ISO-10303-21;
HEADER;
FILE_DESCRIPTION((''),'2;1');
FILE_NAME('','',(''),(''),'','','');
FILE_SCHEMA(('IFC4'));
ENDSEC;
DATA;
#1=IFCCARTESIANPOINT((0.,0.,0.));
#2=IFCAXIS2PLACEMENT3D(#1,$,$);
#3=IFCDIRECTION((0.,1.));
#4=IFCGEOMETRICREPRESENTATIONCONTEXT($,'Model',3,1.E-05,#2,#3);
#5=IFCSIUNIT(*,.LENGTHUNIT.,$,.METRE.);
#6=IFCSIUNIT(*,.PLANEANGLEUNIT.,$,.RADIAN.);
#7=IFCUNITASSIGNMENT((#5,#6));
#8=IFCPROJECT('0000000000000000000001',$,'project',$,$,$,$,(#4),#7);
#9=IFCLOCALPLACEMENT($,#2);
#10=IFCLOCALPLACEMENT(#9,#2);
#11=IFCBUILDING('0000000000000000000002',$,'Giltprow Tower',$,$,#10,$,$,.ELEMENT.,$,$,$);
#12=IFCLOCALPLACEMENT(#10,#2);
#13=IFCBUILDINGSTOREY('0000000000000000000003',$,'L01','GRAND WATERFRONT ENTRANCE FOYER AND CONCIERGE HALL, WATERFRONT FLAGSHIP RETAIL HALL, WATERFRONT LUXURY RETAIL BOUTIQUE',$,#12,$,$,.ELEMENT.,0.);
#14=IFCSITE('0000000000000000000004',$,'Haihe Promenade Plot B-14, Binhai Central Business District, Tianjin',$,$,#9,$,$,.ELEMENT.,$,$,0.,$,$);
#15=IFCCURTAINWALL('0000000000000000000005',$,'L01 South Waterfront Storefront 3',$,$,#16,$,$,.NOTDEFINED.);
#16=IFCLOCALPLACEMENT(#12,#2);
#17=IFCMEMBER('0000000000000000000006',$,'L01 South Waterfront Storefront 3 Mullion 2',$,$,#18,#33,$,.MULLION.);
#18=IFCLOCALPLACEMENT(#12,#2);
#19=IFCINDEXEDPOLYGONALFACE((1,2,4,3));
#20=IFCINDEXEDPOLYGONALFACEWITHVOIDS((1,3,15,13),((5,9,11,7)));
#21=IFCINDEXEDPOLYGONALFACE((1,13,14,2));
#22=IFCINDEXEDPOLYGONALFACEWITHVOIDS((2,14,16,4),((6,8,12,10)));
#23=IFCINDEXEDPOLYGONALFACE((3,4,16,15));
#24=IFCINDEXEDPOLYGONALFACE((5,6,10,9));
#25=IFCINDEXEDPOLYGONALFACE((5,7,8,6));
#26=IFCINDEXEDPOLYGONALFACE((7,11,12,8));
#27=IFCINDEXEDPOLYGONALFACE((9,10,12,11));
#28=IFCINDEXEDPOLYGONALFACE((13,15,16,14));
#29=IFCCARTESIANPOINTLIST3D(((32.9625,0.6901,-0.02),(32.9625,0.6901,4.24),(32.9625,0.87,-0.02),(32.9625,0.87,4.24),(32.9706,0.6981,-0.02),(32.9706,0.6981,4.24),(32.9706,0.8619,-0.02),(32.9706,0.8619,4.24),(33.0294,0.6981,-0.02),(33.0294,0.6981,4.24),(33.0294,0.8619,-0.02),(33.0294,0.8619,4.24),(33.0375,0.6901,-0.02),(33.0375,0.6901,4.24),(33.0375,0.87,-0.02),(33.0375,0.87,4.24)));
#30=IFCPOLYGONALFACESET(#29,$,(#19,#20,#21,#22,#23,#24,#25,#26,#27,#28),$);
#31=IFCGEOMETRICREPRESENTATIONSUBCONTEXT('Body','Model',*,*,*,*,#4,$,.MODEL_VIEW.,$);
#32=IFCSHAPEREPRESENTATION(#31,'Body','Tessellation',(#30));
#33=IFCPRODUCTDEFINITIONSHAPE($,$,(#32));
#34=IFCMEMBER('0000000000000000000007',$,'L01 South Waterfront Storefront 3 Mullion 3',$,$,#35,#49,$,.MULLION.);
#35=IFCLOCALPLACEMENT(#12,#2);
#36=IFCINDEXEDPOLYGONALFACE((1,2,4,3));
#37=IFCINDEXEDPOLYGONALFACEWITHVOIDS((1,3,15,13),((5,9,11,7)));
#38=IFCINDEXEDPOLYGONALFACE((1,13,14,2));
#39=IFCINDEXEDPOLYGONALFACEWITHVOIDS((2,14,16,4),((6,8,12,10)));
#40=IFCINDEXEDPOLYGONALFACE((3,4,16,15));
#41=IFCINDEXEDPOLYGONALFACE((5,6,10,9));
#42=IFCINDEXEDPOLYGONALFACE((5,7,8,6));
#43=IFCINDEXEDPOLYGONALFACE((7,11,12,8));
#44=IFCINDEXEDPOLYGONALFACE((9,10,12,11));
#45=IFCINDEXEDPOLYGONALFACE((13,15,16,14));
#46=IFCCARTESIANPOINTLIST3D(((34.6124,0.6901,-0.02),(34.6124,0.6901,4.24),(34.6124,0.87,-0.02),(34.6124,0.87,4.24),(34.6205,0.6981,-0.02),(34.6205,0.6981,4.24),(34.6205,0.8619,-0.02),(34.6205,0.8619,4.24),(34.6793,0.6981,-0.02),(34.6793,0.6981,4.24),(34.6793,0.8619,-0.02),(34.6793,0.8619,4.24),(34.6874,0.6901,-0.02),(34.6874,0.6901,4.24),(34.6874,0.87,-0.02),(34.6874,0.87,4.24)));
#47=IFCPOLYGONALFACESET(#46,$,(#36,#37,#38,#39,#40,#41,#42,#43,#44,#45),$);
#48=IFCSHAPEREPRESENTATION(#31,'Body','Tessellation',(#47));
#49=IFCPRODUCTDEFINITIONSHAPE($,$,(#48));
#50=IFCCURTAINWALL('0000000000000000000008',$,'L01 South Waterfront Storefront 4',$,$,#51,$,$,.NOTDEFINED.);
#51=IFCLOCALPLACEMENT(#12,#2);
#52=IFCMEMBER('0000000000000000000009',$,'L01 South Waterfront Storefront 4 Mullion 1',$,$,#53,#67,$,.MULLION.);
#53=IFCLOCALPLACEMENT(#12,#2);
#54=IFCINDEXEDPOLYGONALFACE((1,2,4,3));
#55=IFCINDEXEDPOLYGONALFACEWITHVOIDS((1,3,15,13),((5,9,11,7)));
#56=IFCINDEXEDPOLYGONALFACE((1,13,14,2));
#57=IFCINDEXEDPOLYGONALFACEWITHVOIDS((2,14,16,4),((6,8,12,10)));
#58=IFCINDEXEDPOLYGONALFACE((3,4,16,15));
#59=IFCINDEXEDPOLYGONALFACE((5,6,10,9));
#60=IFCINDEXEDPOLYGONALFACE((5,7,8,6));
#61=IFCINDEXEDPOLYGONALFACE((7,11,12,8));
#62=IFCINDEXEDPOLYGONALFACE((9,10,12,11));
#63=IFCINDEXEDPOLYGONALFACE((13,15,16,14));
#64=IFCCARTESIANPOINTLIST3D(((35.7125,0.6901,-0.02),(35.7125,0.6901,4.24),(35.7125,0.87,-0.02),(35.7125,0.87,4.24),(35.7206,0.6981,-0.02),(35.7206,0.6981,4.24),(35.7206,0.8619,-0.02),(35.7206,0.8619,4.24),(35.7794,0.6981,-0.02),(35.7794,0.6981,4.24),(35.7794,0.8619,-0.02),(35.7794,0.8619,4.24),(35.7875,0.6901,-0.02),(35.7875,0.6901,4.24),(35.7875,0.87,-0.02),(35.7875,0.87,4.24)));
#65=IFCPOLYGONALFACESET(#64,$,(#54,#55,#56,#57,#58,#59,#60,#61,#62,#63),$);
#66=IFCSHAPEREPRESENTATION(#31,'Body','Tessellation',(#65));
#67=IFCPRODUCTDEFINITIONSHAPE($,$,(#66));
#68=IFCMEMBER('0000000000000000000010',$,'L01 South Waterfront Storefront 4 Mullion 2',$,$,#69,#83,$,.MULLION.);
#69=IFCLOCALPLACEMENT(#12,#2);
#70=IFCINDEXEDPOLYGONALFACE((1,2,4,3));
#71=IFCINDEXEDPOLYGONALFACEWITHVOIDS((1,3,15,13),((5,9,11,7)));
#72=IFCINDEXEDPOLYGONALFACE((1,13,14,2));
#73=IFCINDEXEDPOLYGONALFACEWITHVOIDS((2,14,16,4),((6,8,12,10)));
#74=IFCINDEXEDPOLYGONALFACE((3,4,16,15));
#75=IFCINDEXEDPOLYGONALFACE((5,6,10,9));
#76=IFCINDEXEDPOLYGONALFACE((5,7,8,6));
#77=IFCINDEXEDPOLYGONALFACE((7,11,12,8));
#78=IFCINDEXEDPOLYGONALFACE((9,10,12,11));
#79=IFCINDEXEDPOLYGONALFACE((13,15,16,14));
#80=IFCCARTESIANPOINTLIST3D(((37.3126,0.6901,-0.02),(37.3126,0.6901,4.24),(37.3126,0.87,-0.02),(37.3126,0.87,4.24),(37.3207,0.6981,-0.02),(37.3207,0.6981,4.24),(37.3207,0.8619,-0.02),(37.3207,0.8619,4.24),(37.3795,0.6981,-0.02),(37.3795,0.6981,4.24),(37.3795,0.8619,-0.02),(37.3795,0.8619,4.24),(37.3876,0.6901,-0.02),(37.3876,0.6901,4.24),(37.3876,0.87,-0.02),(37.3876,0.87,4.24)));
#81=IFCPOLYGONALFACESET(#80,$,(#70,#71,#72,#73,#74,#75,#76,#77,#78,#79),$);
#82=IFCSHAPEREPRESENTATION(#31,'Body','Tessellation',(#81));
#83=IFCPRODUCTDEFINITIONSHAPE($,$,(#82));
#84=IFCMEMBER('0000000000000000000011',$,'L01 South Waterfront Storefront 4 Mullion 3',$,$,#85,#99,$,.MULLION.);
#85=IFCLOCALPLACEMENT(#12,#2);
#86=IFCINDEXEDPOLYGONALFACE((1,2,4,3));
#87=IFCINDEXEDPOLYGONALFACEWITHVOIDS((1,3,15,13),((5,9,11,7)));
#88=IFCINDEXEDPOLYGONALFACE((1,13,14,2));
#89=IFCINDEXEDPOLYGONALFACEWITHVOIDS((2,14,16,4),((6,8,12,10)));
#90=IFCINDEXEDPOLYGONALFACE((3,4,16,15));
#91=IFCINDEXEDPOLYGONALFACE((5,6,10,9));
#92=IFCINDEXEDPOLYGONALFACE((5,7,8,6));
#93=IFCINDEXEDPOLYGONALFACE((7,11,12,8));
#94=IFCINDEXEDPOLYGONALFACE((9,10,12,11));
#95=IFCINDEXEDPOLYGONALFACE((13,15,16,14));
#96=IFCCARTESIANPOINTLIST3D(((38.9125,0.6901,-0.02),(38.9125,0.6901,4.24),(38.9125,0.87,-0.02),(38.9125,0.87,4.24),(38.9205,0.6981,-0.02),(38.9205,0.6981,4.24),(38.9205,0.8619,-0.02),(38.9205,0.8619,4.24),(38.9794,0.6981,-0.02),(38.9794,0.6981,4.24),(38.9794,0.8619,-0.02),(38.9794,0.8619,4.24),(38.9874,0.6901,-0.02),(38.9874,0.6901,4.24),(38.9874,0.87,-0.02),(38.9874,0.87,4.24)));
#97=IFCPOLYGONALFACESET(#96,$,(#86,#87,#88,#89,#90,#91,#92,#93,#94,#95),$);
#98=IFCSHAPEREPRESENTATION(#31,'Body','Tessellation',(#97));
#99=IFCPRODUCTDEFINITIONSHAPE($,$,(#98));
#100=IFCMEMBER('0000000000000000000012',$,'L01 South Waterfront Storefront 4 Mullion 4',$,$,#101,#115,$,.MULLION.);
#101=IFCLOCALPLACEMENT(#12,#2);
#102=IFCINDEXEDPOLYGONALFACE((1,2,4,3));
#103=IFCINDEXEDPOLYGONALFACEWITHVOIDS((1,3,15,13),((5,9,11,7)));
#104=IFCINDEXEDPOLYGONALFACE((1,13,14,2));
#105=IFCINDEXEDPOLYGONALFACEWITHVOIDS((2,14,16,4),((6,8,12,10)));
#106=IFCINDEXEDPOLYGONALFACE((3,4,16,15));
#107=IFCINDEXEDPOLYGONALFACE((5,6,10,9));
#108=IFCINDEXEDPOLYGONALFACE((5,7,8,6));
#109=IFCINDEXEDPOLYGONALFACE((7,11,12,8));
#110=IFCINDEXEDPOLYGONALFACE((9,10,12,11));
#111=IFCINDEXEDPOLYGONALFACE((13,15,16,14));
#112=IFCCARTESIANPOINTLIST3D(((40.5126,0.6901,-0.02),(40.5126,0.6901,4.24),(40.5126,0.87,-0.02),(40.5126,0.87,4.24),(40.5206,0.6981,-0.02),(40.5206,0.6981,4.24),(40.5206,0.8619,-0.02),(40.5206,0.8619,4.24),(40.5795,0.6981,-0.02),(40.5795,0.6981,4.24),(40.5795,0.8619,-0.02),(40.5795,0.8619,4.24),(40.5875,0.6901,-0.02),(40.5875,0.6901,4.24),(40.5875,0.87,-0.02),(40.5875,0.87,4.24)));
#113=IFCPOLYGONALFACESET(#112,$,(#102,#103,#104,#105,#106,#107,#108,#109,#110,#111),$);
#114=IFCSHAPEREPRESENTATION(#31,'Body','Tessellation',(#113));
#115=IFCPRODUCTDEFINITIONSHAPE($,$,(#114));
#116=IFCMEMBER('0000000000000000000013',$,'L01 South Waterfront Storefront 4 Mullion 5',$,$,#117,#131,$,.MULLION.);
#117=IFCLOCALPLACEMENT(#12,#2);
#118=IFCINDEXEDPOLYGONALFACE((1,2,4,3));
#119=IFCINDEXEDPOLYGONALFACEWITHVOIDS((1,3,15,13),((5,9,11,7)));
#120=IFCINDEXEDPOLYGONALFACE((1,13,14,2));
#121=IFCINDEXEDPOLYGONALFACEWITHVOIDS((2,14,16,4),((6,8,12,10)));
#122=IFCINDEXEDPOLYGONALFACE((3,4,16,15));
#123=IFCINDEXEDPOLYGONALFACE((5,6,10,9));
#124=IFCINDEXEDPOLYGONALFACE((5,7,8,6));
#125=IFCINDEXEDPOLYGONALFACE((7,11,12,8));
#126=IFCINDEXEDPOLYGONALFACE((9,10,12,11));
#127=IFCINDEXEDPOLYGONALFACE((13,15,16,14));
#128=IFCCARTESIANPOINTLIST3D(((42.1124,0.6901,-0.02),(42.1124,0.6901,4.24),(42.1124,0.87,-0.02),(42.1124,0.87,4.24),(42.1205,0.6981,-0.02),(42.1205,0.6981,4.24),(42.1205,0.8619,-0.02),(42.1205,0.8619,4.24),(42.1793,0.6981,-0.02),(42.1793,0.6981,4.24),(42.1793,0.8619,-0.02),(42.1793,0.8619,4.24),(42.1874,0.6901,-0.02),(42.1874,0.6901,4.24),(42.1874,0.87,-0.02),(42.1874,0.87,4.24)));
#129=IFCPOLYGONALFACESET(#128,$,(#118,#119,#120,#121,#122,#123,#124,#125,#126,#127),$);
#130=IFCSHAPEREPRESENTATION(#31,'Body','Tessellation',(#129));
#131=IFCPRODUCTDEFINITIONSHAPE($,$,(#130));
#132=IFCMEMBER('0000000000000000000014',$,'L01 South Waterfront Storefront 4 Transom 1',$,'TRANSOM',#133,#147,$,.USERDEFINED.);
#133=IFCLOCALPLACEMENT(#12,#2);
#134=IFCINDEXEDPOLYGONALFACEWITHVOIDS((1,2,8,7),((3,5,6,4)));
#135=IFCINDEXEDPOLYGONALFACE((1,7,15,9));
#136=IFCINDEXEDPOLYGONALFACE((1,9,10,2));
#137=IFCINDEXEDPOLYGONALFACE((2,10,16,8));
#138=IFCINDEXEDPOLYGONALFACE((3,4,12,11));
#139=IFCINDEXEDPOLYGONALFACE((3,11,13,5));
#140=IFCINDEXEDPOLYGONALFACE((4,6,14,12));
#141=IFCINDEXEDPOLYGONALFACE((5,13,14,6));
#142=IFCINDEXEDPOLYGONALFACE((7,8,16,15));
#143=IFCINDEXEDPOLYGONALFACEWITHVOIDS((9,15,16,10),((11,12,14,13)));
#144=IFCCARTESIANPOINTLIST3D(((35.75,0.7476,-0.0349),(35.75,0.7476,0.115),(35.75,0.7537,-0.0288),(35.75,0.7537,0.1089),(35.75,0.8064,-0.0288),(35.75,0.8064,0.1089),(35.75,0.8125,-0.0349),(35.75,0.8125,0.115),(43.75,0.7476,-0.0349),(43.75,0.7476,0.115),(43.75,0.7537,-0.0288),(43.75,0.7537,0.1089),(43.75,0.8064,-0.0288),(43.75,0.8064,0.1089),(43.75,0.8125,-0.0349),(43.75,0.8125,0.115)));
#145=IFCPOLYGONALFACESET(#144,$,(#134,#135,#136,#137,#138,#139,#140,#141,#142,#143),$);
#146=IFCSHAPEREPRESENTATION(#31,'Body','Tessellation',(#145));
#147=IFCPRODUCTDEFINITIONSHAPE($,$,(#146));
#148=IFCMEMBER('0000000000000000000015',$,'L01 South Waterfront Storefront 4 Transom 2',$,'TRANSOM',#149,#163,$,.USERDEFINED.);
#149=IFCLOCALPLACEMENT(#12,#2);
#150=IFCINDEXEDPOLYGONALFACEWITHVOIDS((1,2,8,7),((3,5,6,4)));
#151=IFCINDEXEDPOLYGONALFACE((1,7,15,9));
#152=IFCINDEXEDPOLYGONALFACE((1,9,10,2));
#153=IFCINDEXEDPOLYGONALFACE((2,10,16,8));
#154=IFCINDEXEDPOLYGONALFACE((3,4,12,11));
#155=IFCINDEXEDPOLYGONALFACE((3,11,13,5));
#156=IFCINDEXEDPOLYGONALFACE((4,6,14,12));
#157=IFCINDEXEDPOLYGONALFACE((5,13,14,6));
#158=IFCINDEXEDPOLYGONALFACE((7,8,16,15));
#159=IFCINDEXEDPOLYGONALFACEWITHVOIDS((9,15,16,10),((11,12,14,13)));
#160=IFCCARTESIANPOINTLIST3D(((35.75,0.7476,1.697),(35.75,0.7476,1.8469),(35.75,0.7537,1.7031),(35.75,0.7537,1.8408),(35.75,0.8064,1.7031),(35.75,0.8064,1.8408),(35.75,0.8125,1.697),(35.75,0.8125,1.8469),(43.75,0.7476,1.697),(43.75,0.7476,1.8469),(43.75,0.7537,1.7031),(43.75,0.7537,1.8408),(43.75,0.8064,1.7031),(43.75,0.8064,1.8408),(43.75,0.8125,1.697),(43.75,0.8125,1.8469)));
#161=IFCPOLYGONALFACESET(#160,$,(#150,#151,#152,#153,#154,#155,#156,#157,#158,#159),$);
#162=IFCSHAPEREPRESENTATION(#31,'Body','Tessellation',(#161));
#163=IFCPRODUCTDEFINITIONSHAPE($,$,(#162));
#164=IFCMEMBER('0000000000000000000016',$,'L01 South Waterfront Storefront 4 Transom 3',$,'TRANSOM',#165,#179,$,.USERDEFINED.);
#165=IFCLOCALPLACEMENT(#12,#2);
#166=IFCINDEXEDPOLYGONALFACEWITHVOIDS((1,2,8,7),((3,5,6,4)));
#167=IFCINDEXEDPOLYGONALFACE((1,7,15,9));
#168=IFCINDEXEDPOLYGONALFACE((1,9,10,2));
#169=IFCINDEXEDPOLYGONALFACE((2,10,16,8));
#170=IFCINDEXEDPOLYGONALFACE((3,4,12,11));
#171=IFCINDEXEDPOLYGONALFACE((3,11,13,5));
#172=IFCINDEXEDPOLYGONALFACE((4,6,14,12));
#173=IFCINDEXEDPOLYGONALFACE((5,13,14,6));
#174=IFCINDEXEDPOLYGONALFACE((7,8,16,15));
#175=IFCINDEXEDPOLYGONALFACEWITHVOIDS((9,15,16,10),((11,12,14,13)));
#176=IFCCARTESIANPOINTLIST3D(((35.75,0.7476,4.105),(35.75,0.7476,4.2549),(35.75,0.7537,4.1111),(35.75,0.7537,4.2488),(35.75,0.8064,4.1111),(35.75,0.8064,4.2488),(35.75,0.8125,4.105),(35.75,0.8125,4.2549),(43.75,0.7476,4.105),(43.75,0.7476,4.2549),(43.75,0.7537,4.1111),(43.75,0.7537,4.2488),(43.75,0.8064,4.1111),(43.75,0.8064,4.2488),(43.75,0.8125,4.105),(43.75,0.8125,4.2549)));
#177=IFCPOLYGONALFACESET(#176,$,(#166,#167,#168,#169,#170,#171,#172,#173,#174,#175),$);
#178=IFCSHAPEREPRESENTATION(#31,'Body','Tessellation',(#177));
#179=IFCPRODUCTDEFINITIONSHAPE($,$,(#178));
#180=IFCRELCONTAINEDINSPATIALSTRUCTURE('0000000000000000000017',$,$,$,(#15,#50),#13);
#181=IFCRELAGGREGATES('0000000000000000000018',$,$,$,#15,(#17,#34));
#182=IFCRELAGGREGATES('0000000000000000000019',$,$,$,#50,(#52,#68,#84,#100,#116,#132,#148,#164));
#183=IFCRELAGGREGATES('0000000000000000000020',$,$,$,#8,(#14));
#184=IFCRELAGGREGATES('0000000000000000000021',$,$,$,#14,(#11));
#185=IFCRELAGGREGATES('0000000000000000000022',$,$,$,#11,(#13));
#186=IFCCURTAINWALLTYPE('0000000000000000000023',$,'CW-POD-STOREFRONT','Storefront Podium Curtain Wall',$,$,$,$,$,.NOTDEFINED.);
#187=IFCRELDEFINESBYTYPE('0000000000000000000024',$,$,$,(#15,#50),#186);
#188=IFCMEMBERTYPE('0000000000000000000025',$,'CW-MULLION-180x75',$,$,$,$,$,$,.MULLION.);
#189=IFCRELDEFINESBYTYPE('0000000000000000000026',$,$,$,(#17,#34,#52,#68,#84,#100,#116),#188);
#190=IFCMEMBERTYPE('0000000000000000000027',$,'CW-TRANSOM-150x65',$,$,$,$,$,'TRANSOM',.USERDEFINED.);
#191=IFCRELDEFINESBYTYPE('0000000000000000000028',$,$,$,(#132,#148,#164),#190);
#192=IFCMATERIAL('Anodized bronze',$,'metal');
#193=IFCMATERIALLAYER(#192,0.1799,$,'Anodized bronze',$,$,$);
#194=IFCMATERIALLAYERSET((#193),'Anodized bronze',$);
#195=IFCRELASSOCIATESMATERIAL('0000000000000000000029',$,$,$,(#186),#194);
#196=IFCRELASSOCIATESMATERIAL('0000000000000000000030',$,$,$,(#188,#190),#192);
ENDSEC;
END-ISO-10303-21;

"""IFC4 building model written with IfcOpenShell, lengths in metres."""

from ifc_helpers import new_model, si_unit, direction, frame, origin, origin_2d, place, context, subcontext, project, spatial, hollow_rectangle, extrude, source, transform, mapped, material, layer, layer_set, material_profile, profile_set, type_object, element, aggregate, save


model = new_model("IFC4")

# Units and contexts
model_context = context("Model", 3, precision=1e-05, world=origin(), true_north=direction((0.0, 1.0)))
body_context = subcontext(model_context, "Body", "Model", "MODEL_VIEW")
ifc_project = project(units=[si_unit("LENGTHUNIT", "METRE"), si_unit("PLANEANGLEUNIT", "RADIAN")], contexts=[model_context])

# Site, building, storey
site_placement = place(None, origin())
site = spatial("IfcSite", under=ifc_project, at=site_placement, Name="Haihe Promenade Plot B-14, Binhai Central Business District, Tianjin", CompositionType="ELEMENT", RefElevation=0.0)
building_placement = place(site_placement, origin())
building = spatial("IfcBuilding", under=site, at=building_placement, Name="Giltprow Tower", CompositionType="ELEMENT")
storey_placement = place(building_placement, origin())
storey = spatial("IfcBuildingStorey", under=building, at=storey_placement, Name="L01", Description="GRAND WATERFRONT ENTRANCE FOYER AND CONCIERGE HALL, WATERFRONT FLAGSHIP RETAIL HALL, WATERFRONT LUXURY RETAIL BOUTIQUE", CompositionType="ELEMENT", Elevation=0.0)

# Curtain walls, members
ifc_material_1 = material(Name="Anodized bronze", Category="metal")
ifc_layer = layer(ifc_material_1, 0.1799, Name="Anodized bronze")
ifc_layer_set = layer_set([ifc_layer], Name="Anodized bronze")
curtain_wall_type = type_object("IfcCurtainWallType", Name="CW-POD-STOREFRONT", Description="Storefront Podium Curtain Wall", PredefinedType="NOTDEFINED", material=ifc_layer_set)
curtain_wall_1_placement = place(storey_placement, origin())
curtain_wall_1 = element("IfcCurtainWall", 1, at=curtain_wall_1_placement, inside=storey, type_object=curtain_wall_type, Name="L01 South Waterfront Storefront 3", PredefinedType="NOTDEFINED")
ifc_material_profile_1 = material_profile(ifc_material_1, hollow_rectangle(XDim=0.075, YDim=0.1799, WallThickness=0.0081, at=origin_2d()), Name="RHS 180x75x8")
ifc_profile_set_1 = profile_set([ifc_material_profile_1], Name="Anodized bronze")
member_type_1 = type_object("IfcMemberType", Name="CW-MULLION-180x75", PredefinedType="MULLION", material=ifc_profile_set_1)
shared_shape_1 = source(origin(), body_context, "Body", "SweptSolid", [
    extrude(hollow_rectangle(XDim=0.075, YDim=0.1799, WallThickness=0.0081, at=origin_2d()), origin(), (0.0, 0.0, 1.0), 4.26),
])
member_1_placement = place(storey_placement, frame((33.0, 0.78, -0.02), z_axis=(0.0, 0.0, 1.0), x_axis=(1.0, 0.0, 0.0)))
member_1 = element("IfcMember", 2, at=member_1_placement, type_object=member_type_1, Name="L01 South Waterfront Storefront 3 Mullion 2", PredefinedType="MULLION", context=body_context, shape_type="MappedRepresentation", body=[
    mapped(shared_shape_1, transform((0.0, 0.0, 0.0), x_axis=(1.0, 0.0, 0.0), y_axis=(0.0, 1.0, 0.0), z_axis=(0.0, 0.0, 1.0), scale=1.0)),
])
member_2_placement = place(storey_placement, frame((34.6499, 0.78, -0.02), z_axis=(0.0, 0.0, 1.0), x_axis=(1.0, 0.0, 0.0)))
member_2 = element("IfcMember", 3, at=member_2_placement, type_object=member_type_1, Name="L01 South Waterfront Storefront 3 Mullion 3", PredefinedType="MULLION", context=body_context, shape_type="MappedRepresentation", body=[
    mapped(shared_shape_1, transform((0.0, 0.0, 0.0), x_axis=(1.0, 0.0, 0.0), y_axis=(0.0, 1.0, 0.0), z_axis=(0.0, 0.0, 1.0), scale=1.0)),
])
curtain_wall_2_placement = place(storey_placement, origin())
curtain_wall_2 = element("IfcCurtainWall", 4, at=curtain_wall_2_placement, inside=storey, type_object=curtain_wall_type, Name="L01 South Waterfront Storefront 4", PredefinedType="NOTDEFINED")
member_3_placement = place(storey_placement, frame((35.75, 0.78, -0.02), z_axis=(0.0, 0.0, 1.0), x_axis=(1.0, 0.0, 0.0)))
member_3 = element("IfcMember", 5, at=member_3_placement, type_object=member_type_1, Name="L01 South Waterfront Storefront 4 Mullion 1", PredefinedType="MULLION", context=body_context, shape_type="MappedRepresentation", body=[
    mapped(shared_shape_1, transform((0.0, 0.0, 0.0), x_axis=(1.0, 0.0, 0.0), y_axis=(0.0, 1.0, 0.0), z_axis=(0.0, 0.0, 1.0), scale=1.0)),
])
member_4_placement = place(storey_placement, frame((37.3501, 0.78, -0.02), z_axis=(0.0, 0.0, 1.0), x_axis=(1.0, 0.0, 0.0)))
member_4 = element("IfcMember", 6, at=member_4_placement, type_object=member_type_1, Name="L01 South Waterfront Storefront 4 Mullion 2", PredefinedType="MULLION", context=body_context, shape_type="MappedRepresentation", body=[
    mapped(shared_shape_1, transform((0.0, 0.0, 0.0), x_axis=(1.0, 0.0, 0.0), y_axis=(0.0, 1.0, 0.0), z_axis=(0.0, 0.0, 1.0), scale=1.0)),
])
member_5_placement = place(storey_placement, frame((38.95, 0.78, -0.02), z_axis=(0.0, 0.0, 1.0), x_axis=(1.0, 0.0, 0.0)))
member_5 = element("IfcMember", 7, at=member_5_placement, type_object=member_type_1, Name="L01 South Waterfront Storefront 4 Mullion 3", PredefinedType="MULLION", context=body_context, shape_type="MappedRepresentation", body=[
    mapped(shared_shape_1, transform((0.0, 0.0, 0.0), x_axis=(1.0, 0.0, 0.0), y_axis=(0.0, 1.0, 0.0), z_axis=(0.0, 0.0, 1.0), scale=1.0)),
])
member_6_placement = place(storey_placement, frame((40.55, 0.78, -0.02), z_axis=(0.0, 0.0, 1.0), x_axis=(1.0, 0.0, 0.0)))
member_6 = element("IfcMember", 8, at=member_6_placement, type_object=member_type_1, Name="L01 South Waterfront Storefront 4 Mullion 4", PredefinedType="MULLION", context=body_context, shape_type="MappedRepresentation", body=[
    mapped(shared_shape_1, transform((0.0, 0.0, 0.0), x_axis=(1.0, 0.0, 0.0), y_axis=(0.0, 1.0, 0.0), z_axis=(0.0, 0.0, 1.0), scale=1.0)),
])
member_7_placement = place(storey_placement, frame((42.1499, 0.78, -0.02), z_axis=(0.0, 0.0, 1.0), x_axis=(1.0, 0.0, 0.0)))
member_7 = element("IfcMember", 9, at=member_7_placement, type_object=member_type_1, Name="L01 South Waterfront Storefront 4 Mullion 5", PredefinedType="MULLION", context=body_context, shape_type="MappedRepresentation", body=[
    mapped(shared_shape_1, transform((0.0, 0.0, 0.0), x_axis=(1.0, 0.0, 0.0), y_axis=(0.0, 1.0, 0.0), z_axis=(0.0, 0.0, 1.0), scale=1.0)),
])
ifc_material_profile_2 = material_profile(ifc_material_1, hollow_rectangle(XDim=0.0649, YDim=0.1499, WallThickness=0.0061, at=origin_2d()), Name="RHS 150x65x6")
ifc_profile_set_2 = profile_set([ifc_material_profile_2], Name="Anodized bronze")
member_type_2 = type_object("IfcMemberType", Name="CW-TRANSOM-150x65", ElementType="TRANSOM", PredefinedType="USERDEFINED", material=ifc_profile_set_2)
shared_shape_2 = source(origin(), body_context, "Body", "SweptSolid", [
    extrude(hollow_rectangle(XDim=0.0649, YDim=0.1499, WallThickness=0.0061, at=origin_2d()), origin(), (0.0, 0.0, 1.0), 8.0),
])
member_8_placement = place(storey_placement, frame((35.75, 0.78, 0.04), z_axis=(1.0, 0.0, 0.0), x_axis=(0.0, 1.0, 0.0)))
member_8 = element("IfcMember", 10, at=member_8_placement, type_object=member_type_2, Name="L01 South Waterfront Storefront 4 Transom 1", ObjectType="TRANSOM", PredefinedType="USERDEFINED", context=body_context, shape_type="MappedRepresentation", body=[
    mapped(shared_shape_2, transform((0.0, 0.0, 0.0), x_axis=(1.0, 0.0, 0.0), y_axis=(0.0, 1.0, 0.0), z_axis=(0.0, 0.0, 1.0), scale=1.0)),
])
member_9_placement = place(storey_placement, frame((35.75, 0.78, 1.772), z_axis=(1.0, 0.0, 0.0), x_axis=(0.0, 1.0, 0.0)))
member_9 = element("IfcMember", 11, at=member_9_placement, type_object=member_type_2, Name="L01 South Waterfront Storefront 4 Transom 2", ObjectType="TRANSOM", PredefinedType="USERDEFINED", context=body_context, shape_type="MappedRepresentation", body=[
    mapped(shared_shape_2, transform((0.0, 0.0, 0.0), x_axis=(1.0, 0.0, 0.0), y_axis=(0.0, 1.0, 0.0), z_axis=(0.0, 0.0, 1.0), scale=1.0)),
])
member_10_placement = place(storey_placement, frame((35.75, 0.78, 4.1799), z_axis=(1.0, 0.0, 0.0), x_axis=(0.0, 1.0, 0.0)))
member_10 = element("IfcMember", 12, at=member_10_placement, type_object=member_type_2, Name="L01 South Waterfront Storefront 4 Transom 3", ObjectType="TRANSOM", PredefinedType="USERDEFINED", context=body_context, shape_type="MappedRepresentation", body=[
    mapped(shared_shape_2, transform((0.0, 0.0, 0.0), x_axis=(1.0, 0.0, 0.0), y_axis=(0.0, 1.0, 0.0), z_axis=(0.0, 0.0, 1.0), scale=1.0)),
])

aggregate(curtain_wall_1, [member_1, member_2])
aggregate(curtain_wall_2, [member_3, member_4, member_5, member_6, member_7, member_8, member_9, member_10])

save(model, "model.ifc")
